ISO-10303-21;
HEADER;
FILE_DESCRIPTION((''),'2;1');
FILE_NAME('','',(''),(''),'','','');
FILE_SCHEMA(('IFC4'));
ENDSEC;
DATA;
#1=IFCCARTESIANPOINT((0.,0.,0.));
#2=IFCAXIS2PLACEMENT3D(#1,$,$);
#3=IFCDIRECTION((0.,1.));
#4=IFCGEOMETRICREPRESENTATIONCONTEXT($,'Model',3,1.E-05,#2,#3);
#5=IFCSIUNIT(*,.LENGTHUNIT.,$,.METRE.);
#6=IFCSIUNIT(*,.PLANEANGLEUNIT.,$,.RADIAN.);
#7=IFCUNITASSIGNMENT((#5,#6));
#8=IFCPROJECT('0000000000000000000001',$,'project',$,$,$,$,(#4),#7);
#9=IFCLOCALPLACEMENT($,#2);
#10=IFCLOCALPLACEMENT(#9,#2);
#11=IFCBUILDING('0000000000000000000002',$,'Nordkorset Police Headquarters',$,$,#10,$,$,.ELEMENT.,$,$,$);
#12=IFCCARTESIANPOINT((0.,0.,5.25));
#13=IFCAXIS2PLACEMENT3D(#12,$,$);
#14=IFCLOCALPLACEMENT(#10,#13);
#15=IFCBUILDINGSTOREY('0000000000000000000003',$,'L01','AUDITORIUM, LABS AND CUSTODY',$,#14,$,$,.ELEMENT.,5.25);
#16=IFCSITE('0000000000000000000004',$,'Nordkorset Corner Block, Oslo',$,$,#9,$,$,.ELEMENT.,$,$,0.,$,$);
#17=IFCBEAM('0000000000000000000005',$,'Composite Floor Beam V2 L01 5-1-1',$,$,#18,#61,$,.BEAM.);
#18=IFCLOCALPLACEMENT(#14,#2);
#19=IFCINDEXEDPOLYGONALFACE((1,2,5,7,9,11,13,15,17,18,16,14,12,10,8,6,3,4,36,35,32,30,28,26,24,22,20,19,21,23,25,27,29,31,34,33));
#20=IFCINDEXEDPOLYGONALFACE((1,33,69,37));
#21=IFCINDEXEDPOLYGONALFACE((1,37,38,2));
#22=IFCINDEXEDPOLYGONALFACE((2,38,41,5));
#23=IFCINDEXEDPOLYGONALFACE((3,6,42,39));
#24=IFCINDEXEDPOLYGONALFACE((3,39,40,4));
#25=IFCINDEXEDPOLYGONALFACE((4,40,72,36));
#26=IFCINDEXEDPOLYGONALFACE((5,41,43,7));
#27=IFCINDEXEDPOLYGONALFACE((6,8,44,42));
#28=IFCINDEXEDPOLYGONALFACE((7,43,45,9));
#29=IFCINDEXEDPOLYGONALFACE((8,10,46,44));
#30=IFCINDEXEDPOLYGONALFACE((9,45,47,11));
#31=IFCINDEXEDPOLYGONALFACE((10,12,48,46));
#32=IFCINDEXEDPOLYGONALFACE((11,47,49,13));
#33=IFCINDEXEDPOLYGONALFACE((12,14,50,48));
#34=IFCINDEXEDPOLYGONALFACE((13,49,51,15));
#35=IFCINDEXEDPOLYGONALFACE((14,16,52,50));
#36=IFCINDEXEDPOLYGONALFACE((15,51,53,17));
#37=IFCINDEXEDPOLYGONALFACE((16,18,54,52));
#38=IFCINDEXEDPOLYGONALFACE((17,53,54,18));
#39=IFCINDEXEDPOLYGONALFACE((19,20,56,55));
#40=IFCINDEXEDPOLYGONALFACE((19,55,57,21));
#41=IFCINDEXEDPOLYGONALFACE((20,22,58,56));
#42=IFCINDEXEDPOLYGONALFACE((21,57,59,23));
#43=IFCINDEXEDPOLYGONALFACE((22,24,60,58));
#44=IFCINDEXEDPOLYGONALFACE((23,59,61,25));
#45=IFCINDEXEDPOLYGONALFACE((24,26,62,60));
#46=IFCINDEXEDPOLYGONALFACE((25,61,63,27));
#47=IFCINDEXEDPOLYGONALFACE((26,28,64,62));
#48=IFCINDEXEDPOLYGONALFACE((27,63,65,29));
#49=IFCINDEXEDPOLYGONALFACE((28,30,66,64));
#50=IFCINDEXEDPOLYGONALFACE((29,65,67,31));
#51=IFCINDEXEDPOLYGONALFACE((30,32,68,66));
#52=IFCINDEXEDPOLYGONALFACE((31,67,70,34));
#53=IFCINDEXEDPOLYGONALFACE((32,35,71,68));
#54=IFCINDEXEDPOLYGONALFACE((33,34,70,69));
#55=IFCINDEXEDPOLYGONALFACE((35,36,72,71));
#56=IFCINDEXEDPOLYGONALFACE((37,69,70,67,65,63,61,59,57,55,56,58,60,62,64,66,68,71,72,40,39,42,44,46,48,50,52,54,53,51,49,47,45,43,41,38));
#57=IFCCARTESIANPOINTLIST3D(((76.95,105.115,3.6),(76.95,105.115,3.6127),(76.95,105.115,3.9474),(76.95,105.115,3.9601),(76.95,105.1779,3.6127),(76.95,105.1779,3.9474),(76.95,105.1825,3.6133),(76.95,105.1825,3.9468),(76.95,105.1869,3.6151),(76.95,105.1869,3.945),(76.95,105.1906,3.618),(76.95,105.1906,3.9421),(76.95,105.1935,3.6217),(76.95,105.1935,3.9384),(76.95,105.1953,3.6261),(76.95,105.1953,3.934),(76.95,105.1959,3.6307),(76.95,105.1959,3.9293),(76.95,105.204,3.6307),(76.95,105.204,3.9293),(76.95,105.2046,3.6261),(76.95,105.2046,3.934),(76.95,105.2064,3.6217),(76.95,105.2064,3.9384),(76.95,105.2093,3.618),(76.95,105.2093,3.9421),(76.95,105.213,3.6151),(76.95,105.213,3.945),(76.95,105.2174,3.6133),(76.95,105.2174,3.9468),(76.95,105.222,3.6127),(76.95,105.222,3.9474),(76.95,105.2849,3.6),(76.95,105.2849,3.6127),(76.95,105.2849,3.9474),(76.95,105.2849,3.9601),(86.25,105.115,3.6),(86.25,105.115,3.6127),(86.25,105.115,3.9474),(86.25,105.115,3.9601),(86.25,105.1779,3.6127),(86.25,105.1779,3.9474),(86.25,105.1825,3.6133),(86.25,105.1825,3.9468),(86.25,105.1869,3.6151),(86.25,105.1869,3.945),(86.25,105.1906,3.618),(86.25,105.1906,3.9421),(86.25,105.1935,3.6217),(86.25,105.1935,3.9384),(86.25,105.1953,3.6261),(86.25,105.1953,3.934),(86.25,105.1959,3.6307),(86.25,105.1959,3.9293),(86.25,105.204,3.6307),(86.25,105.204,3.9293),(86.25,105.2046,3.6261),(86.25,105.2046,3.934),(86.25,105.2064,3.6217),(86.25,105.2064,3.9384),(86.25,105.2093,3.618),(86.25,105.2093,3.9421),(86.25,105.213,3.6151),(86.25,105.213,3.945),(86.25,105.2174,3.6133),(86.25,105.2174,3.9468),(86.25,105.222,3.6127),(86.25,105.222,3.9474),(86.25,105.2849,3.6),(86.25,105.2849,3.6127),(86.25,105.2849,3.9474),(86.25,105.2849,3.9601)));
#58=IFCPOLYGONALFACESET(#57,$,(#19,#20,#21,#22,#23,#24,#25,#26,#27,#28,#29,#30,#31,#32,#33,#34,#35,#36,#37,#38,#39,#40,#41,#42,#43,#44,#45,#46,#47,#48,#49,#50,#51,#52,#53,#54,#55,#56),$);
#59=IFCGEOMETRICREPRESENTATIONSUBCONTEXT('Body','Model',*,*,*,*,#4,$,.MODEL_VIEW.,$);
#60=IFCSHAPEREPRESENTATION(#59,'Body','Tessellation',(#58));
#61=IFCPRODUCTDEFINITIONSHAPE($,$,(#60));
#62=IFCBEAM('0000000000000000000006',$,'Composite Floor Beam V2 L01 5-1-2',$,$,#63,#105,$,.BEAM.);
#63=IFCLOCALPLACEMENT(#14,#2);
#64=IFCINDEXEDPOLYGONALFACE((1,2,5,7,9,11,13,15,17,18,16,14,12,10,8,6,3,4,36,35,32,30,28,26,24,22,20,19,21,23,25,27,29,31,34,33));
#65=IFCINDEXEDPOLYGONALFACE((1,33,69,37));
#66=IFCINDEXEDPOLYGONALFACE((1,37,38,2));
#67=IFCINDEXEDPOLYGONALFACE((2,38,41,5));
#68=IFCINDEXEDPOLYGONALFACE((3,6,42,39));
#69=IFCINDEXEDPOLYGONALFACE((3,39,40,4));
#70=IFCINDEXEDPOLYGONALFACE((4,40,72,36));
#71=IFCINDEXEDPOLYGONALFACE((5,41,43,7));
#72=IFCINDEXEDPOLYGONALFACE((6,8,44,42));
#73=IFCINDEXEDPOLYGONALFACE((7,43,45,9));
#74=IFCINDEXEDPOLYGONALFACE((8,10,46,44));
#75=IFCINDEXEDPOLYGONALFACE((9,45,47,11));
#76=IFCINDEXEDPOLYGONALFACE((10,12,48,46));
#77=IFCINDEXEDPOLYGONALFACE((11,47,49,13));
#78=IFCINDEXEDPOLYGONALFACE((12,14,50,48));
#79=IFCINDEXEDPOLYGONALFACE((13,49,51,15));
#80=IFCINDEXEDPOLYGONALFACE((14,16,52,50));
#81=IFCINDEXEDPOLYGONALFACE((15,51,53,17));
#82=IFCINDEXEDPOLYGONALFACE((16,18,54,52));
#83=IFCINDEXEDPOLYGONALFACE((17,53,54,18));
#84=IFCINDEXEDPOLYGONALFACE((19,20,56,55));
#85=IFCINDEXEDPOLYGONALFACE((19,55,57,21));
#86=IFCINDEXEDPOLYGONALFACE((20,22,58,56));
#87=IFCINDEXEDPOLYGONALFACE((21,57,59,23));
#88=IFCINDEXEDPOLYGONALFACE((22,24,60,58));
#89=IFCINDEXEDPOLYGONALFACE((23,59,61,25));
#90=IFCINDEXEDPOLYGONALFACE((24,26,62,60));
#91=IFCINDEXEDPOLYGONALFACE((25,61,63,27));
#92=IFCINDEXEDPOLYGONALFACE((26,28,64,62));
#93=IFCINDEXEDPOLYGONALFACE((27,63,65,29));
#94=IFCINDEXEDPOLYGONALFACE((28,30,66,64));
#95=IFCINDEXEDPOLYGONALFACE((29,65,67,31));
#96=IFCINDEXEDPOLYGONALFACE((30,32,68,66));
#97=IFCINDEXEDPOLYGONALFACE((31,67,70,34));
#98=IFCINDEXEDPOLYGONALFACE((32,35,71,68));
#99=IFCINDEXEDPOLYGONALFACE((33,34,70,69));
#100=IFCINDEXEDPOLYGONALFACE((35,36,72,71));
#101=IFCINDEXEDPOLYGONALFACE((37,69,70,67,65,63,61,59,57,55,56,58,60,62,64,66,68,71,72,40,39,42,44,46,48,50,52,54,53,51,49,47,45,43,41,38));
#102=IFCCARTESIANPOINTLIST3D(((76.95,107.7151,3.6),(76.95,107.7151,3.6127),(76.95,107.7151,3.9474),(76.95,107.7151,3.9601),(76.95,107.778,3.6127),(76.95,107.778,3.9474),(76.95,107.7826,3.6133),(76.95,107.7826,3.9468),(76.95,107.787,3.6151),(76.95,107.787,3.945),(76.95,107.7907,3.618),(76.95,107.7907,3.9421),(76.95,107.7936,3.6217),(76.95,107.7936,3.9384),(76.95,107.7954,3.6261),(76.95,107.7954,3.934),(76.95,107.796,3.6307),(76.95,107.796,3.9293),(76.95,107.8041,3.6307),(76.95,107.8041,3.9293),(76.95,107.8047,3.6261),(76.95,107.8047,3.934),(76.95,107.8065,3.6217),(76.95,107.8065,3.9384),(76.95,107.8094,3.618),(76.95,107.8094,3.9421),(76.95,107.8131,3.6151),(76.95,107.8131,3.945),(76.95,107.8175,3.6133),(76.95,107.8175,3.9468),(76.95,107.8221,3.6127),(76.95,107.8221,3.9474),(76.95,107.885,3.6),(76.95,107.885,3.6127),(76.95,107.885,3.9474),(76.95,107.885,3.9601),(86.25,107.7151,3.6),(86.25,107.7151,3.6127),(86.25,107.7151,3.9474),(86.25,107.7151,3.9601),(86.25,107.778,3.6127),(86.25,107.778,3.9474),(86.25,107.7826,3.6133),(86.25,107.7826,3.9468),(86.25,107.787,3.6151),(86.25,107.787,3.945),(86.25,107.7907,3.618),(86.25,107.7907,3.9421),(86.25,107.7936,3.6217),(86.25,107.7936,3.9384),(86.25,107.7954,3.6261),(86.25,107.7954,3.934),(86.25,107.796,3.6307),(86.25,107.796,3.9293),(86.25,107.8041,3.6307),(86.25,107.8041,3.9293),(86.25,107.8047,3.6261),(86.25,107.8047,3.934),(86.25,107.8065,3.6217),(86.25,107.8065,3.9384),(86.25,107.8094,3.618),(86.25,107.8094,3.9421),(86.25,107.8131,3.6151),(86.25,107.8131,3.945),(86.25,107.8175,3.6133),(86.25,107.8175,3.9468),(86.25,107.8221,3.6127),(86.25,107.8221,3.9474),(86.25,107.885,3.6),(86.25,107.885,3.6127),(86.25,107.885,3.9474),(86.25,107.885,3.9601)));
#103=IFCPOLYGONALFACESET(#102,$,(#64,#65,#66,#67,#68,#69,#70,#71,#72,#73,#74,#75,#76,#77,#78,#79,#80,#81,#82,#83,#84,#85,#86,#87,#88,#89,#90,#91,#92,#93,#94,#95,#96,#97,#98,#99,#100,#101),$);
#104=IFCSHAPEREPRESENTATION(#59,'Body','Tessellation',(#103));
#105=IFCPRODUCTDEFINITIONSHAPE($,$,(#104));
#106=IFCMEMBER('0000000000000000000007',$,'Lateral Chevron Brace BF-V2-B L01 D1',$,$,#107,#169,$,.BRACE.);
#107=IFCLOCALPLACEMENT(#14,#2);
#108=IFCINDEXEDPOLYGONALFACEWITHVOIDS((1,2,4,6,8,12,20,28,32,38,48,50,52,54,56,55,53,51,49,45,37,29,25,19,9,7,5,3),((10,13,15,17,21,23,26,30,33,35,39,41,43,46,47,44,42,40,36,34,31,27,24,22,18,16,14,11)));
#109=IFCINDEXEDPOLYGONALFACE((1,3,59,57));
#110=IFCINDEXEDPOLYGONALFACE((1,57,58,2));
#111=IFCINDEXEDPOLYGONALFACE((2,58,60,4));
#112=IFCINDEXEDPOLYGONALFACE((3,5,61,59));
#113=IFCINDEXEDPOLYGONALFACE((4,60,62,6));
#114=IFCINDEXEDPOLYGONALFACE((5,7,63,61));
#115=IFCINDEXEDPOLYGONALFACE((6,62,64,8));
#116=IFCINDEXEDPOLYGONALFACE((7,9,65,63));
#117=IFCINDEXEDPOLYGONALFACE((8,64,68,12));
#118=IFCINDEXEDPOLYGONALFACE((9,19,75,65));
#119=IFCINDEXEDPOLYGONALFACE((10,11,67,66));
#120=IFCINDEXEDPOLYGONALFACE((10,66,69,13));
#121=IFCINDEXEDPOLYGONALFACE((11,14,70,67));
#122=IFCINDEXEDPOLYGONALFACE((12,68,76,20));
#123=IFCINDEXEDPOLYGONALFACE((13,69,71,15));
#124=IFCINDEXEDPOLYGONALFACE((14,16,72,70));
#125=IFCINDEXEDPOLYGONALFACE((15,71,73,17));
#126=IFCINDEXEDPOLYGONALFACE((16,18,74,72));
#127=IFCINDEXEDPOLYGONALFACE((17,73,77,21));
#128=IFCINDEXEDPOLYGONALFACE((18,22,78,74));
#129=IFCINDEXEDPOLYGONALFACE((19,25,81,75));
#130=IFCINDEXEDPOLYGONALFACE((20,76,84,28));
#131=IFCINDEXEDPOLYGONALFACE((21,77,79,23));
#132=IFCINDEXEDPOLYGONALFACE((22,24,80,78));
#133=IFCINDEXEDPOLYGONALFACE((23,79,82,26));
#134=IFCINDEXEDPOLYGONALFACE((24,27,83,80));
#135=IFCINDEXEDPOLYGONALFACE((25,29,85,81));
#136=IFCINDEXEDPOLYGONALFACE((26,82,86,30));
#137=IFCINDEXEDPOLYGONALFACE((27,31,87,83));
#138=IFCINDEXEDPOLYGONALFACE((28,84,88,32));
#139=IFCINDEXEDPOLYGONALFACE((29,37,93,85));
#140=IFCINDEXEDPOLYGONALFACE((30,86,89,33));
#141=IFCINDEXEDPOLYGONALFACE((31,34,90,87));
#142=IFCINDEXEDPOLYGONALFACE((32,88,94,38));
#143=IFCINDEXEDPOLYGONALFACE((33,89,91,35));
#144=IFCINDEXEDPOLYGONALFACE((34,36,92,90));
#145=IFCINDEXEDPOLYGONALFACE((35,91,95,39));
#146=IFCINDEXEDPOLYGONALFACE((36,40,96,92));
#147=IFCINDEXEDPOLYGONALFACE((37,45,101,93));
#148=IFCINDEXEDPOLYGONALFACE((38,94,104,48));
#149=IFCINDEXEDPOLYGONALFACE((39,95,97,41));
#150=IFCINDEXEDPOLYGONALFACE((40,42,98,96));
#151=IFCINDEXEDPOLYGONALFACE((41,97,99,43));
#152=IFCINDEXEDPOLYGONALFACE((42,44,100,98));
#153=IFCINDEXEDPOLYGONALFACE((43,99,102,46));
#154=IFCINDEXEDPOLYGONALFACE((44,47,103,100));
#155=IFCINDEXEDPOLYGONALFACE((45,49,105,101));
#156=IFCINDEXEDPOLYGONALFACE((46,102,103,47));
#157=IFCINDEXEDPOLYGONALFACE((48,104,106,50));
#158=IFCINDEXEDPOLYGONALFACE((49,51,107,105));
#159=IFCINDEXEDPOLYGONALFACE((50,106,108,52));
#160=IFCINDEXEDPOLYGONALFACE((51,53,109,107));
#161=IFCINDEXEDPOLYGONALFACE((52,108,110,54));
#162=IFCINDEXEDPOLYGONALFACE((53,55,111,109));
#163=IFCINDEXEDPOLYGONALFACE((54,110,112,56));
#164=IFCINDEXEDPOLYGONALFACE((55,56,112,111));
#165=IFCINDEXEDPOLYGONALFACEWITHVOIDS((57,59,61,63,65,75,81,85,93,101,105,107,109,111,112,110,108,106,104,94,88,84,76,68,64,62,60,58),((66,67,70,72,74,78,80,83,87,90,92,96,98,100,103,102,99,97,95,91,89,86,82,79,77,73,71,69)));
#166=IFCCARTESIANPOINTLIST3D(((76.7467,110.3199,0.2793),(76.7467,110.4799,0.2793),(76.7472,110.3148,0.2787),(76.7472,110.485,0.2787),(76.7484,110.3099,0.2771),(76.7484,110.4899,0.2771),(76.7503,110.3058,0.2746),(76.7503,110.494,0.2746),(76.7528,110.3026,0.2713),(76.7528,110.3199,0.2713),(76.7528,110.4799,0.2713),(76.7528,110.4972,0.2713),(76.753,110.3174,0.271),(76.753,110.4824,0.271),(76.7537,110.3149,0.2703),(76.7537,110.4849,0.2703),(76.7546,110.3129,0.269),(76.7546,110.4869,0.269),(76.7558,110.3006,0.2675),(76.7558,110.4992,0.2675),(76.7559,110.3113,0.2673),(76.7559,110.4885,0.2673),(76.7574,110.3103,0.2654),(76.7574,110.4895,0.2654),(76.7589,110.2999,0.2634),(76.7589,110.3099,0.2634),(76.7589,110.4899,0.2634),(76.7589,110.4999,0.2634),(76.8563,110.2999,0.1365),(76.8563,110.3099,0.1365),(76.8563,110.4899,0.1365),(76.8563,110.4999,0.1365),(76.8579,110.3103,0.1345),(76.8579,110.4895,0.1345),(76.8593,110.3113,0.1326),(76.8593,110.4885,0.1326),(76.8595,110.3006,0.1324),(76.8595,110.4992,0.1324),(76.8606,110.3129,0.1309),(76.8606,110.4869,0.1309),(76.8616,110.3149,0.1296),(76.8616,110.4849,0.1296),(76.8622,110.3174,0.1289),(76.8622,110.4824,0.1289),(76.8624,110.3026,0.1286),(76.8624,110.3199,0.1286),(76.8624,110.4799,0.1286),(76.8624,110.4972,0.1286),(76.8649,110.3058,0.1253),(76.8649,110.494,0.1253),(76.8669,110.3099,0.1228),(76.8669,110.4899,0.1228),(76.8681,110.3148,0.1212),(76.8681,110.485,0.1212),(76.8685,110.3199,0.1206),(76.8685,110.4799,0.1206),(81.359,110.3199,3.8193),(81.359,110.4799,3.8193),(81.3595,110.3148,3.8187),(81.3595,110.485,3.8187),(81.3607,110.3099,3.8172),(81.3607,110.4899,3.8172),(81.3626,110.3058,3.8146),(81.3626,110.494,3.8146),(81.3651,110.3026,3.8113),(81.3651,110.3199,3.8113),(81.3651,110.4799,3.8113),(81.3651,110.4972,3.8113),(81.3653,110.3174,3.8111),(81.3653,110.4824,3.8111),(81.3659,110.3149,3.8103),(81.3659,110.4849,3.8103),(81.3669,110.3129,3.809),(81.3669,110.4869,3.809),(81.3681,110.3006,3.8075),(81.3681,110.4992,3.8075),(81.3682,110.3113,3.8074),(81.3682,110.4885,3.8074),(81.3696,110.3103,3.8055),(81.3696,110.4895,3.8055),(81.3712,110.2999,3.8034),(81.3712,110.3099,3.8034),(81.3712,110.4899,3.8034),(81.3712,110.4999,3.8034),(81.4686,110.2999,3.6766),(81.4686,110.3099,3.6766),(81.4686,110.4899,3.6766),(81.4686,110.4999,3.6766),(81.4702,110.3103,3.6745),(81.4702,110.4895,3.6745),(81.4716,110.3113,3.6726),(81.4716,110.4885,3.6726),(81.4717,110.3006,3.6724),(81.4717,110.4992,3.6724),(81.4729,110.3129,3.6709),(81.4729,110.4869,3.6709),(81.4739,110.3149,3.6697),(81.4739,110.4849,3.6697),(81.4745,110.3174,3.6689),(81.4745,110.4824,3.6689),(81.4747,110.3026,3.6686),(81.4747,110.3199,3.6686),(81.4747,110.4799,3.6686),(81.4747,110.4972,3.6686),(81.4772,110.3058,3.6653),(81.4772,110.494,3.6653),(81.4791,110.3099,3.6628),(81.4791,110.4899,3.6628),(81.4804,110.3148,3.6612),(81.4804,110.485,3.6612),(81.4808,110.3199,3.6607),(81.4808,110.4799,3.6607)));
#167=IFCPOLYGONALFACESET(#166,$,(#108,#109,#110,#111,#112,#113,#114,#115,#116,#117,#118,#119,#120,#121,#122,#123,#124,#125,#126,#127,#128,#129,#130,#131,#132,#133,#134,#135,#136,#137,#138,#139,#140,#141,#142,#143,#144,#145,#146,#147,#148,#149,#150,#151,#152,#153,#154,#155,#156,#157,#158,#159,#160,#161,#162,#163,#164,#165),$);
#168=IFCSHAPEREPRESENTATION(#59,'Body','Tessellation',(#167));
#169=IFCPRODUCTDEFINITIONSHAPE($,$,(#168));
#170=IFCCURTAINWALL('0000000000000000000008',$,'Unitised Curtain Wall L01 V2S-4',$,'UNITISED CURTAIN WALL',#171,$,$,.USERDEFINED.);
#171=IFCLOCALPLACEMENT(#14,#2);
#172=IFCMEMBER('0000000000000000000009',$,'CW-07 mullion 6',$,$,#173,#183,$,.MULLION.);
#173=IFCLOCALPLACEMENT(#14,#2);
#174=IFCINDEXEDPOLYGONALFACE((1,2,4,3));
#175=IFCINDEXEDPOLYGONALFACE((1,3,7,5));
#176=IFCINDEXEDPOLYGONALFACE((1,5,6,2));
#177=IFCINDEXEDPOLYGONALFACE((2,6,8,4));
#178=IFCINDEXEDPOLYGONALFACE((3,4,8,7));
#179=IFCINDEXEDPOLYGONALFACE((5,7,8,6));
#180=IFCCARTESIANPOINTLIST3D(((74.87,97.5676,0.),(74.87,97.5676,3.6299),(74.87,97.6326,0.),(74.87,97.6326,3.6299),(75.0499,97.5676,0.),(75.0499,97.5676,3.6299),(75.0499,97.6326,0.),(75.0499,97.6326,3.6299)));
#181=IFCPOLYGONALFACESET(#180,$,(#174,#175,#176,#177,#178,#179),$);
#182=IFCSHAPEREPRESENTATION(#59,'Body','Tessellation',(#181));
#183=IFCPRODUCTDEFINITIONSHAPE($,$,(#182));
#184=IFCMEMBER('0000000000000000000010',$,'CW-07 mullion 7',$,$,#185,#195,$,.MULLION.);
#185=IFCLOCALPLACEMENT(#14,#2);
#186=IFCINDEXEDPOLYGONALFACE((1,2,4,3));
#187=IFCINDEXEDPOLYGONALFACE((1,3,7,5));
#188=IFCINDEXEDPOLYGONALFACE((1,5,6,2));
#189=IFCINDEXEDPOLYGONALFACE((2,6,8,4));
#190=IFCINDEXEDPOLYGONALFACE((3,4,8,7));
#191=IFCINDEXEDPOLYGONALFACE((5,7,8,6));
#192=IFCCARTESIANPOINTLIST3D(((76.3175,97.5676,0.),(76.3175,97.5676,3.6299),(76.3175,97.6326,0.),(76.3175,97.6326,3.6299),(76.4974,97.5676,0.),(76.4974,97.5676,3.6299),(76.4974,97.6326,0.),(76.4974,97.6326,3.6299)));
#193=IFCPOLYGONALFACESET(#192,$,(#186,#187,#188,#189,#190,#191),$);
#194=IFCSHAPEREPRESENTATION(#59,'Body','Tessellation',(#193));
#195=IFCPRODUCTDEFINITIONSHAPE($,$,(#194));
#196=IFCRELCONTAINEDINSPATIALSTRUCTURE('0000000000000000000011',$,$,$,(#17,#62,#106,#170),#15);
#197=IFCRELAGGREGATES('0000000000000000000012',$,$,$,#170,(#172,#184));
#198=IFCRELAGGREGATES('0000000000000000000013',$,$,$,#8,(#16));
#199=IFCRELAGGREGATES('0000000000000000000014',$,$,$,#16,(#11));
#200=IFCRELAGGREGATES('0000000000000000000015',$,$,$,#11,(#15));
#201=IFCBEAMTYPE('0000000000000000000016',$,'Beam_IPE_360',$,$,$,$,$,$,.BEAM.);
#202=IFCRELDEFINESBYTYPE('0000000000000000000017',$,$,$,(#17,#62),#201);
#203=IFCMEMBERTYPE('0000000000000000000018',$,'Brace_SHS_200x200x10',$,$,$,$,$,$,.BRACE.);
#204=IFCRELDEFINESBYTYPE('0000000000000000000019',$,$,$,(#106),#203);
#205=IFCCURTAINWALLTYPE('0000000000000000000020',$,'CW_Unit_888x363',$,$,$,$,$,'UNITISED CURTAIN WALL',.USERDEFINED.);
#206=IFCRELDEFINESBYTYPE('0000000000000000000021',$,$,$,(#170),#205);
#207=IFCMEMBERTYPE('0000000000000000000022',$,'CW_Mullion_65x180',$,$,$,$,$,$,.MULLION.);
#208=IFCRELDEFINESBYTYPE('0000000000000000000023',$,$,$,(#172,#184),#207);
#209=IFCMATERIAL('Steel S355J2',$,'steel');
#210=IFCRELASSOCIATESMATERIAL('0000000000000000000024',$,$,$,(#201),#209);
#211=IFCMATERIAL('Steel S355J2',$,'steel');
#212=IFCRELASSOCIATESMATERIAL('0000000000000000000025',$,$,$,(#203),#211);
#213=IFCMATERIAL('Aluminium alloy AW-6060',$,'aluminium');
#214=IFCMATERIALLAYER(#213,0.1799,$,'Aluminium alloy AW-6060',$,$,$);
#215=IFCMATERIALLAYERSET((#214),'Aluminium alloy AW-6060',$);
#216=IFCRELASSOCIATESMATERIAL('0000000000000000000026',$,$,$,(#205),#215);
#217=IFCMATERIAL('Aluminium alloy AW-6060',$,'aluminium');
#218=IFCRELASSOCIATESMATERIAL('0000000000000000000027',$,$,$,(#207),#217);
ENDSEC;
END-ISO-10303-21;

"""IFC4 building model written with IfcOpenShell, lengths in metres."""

from ifc_helpers import new_model, si_unit, direction, frame, origin, origin_2d, place, context, subcontext, project, spatial, rectangle, hollow_rectangle, i_section, extrude, material, layer, layer_set, material_profile, profile_set, type_object, element, aggregate, save


model = new_model("IFC4")

# Units and contexts
model_context = context("Model", 3, precision=1e-05, world=origin(), true_north=direction((0.0, 1.0)))
body_context = subcontext(model_context, "Body", "Model", "MODEL_VIEW")
ifc_project = project(units=[si_unit("LENGTHUNIT", "METRE"), si_unit("PLANEANGLEUNIT", "RADIAN")], contexts=[model_context])

# Site, building, storey
site_placement = place(None, origin())
site = spatial("IfcSite", under=ifc_project, at=site_placement, Name="Nordkorset Corner Block, Oslo", CompositionType="ELEMENT", RefElevation=0.0)
building_placement = place(site_placement, origin())
building = spatial("IfcBuilding", under=site, at=building_placement, Name="Nordkorset Police Headquarters", CompositionType="ELEMENT")
storey_placement = place(building_placement, frame((0.0, 0.0, 5.25)))
storey = spatial("IfcBuildingStorey", under=building, at=storey_placement, Name="L01", Description="AUDITORIUM, LABS AND CUSTODY", CompositionType="ELEMENT", Elevation=5.25)

# Beams
ifc_material_1 = material(Name="Steel S355J2", Category="steel")
ifc_material_profile_1 = material_profile(ifc_material_1, i_section(OverallWidth=0.1699, OverallDepth=0.3601, WebThickness=0.0081, FlangeThickness=0.0127, FilletRadius=0.0181, at=origin_2d()), Name="IPE 360")
ifc_profile_set_1 = profile_set([ifc_material_profile_1], Name="Steel S355J2")
beam_type_1 = type_object("IfcBeamType", Name="Beam_IPE_360", PredefinedType="BEAM", material=ifc_profile_set_1)
for number, where, z_axis, x_axis, name in (
    (1, (76.95, 105.2, 3.78), (1.0, 0.0, 0.0), (0.0, 1.0, 0.0), "Composite Floor Beam V2 L01 5-1-1"),
    (2, (76.95, 107.8, 3.78), (1.0, 0.0, 0.0), (0.0, 1.0, 0.0), "Composite Floor Beam V2 L01 5-1-2"),
):
    element("IfcBeam", number, at=place(storey_placement, frame(where, z_axis=z_axis, x_axis=x_axis)), inside=storey, type_object=beam_type_1, Name=name, PredefinedType="BEAM", context=body_context, shape_type="SweptSolid", body=[
        extrude(i_section(OverallWidth=0.1699, OverallDepth=0.3601, WebThickness=0.0081, FlangeThickness=0.0127, FilletRadius=0.0181, at=origin_2d()), origin(), (0.0, 0.0, 1.0), 9.3),
    ])

# Member
ifc_material_2 = material(Name="Steel S355J2", Category="steel")
ifc_material_profile_2 = material_profile(ifc_material_2, hollow_rectangle(XDim=0.2, YDim=0.2, WallThickness=0.01, InnerFilletRadius=0.01, OuterFilletRadius=0.02, at=origin_2d()), Name="SHS 200x200x10")
ifc_profile_set_2 = profile_set([ifc_material_profile_2], Name="Steel S355J2")
member_type_1 = type_object("IfcMemberType", Name="Brace_SHS_200x200x10", PredefinedType="BRACE", material=ifc_profile_set_2)
member_1_placement = place(storey_placement, frame((76.8076, 110.3999, 0.2), z_axis=(0.793279, 0.0, 0.608858), x_axis=(0.0, 1.0, 0.0)))
element("IfcMember", 3, at=member_1_placement, inside=storey, type_object=member_type_1, Name="Lateral Chevron Brace BF-V2-B L01 D1", PredefinedType="BRACE", context=body_context, shape_type="SweptSolid", body=[
    extrude(hollow_rectangle(XDim=0.2, YDim=0.2, WallThickness=0.01, InnerFilletRadius=0.01, OuterFilletRadius=0.02, at=origin_2d()), origin(), (0.0, 0.0, 1.0), 5.8142),
])

# Curtain wall, members
ifc_material_3 = material(Name="Aluminium alloy AW-6060", Category="aluminium")
ifc_layer_1 = layer(ifc_material_3, 0.1799, Name="Aluminium alloy AW-6060")
ifc_layer_set_1 = layer_set([ifc_layer_1], Name="Aluminium alloy AW-6060")
curtain_wall_type = type_object("IfcCurtainWallType", Name="CW_Unit_888x363", ElementType="UNITISED CURTAIN WALL", PredefinedType="USERDEFINED", material=ifc_layer_set_1)
curtain_wall_placement = place(storey_placement, origin())
curtain_wall = element("IfcCurtainWall", 4, at=curtain_wall_placement, inside=storey, type_object=curtain_wall_type, Name="Unitised Curtain Wall L01 V2S-4", ObjectType="UNITISED CURTAIN WALL", PredefinedType="USERDEFINED")
ifc_material_4 = material(Name="Aluminium alloy AW-6060", Category="aluminium")
ifc_material_profile_3 = material_profile(ifc_material_4, rectangle(XDim=0.0649, YDim=0.1799, at=origin_2d()), Name="ALU MULL 65x180")
ifc_profile_set_3 = profile_set([ifc_material_profile_3], Name="Aluminium alloy AW-6060")
member_type_2 = type_object("IfcMemberType", Name="CW_Mullion_65x180", PredefinedType="MULLION", material=ifc_profile_set_3)
member_2_placement = place(storey_placement, frame((74.96, 97.6001, 0.0), z_axis=(0.0, 0.0, 1.0), x_axis=(0.0, 1.0, 0.0)))
member_2 = element("IfcMember", 5, at=member_2_placement, type_object=member_type_2, Name="CW-07 mullion 6", PredefinedType="MULLION", context=body_context, shape_type="SweptSolid", body=[
    extrude(rectangle(XDim=0.0649, YDim=0.1799, at=origin_2d()), origin(), (0.0, 0.0, 1.0), 3.6299),
])
member_3_placement = place(storey_placement, frame((76.4075, 97.6001, 0.0), z_axis=(0.0, 0.0, 1.0), x_axis=(0.0, 1.0, 0.0)))
member_3 = element("IfcMember", 6, at=member_3_placement, type_object=member_type_2, Name="CW-07 mullion 7", PredefinedType="MULLION", context=body_context, shape_type="SweptSolid", body=[
    extrude(rectangle(XDim=0.0649, YDim=0.1799, at=origin_2d()), origin(), (0.0, 0.0, 1.0), 3.6299),
])

aggregate(curtain_wall, [member_2, member_3])

save(model, "model.ifc")
